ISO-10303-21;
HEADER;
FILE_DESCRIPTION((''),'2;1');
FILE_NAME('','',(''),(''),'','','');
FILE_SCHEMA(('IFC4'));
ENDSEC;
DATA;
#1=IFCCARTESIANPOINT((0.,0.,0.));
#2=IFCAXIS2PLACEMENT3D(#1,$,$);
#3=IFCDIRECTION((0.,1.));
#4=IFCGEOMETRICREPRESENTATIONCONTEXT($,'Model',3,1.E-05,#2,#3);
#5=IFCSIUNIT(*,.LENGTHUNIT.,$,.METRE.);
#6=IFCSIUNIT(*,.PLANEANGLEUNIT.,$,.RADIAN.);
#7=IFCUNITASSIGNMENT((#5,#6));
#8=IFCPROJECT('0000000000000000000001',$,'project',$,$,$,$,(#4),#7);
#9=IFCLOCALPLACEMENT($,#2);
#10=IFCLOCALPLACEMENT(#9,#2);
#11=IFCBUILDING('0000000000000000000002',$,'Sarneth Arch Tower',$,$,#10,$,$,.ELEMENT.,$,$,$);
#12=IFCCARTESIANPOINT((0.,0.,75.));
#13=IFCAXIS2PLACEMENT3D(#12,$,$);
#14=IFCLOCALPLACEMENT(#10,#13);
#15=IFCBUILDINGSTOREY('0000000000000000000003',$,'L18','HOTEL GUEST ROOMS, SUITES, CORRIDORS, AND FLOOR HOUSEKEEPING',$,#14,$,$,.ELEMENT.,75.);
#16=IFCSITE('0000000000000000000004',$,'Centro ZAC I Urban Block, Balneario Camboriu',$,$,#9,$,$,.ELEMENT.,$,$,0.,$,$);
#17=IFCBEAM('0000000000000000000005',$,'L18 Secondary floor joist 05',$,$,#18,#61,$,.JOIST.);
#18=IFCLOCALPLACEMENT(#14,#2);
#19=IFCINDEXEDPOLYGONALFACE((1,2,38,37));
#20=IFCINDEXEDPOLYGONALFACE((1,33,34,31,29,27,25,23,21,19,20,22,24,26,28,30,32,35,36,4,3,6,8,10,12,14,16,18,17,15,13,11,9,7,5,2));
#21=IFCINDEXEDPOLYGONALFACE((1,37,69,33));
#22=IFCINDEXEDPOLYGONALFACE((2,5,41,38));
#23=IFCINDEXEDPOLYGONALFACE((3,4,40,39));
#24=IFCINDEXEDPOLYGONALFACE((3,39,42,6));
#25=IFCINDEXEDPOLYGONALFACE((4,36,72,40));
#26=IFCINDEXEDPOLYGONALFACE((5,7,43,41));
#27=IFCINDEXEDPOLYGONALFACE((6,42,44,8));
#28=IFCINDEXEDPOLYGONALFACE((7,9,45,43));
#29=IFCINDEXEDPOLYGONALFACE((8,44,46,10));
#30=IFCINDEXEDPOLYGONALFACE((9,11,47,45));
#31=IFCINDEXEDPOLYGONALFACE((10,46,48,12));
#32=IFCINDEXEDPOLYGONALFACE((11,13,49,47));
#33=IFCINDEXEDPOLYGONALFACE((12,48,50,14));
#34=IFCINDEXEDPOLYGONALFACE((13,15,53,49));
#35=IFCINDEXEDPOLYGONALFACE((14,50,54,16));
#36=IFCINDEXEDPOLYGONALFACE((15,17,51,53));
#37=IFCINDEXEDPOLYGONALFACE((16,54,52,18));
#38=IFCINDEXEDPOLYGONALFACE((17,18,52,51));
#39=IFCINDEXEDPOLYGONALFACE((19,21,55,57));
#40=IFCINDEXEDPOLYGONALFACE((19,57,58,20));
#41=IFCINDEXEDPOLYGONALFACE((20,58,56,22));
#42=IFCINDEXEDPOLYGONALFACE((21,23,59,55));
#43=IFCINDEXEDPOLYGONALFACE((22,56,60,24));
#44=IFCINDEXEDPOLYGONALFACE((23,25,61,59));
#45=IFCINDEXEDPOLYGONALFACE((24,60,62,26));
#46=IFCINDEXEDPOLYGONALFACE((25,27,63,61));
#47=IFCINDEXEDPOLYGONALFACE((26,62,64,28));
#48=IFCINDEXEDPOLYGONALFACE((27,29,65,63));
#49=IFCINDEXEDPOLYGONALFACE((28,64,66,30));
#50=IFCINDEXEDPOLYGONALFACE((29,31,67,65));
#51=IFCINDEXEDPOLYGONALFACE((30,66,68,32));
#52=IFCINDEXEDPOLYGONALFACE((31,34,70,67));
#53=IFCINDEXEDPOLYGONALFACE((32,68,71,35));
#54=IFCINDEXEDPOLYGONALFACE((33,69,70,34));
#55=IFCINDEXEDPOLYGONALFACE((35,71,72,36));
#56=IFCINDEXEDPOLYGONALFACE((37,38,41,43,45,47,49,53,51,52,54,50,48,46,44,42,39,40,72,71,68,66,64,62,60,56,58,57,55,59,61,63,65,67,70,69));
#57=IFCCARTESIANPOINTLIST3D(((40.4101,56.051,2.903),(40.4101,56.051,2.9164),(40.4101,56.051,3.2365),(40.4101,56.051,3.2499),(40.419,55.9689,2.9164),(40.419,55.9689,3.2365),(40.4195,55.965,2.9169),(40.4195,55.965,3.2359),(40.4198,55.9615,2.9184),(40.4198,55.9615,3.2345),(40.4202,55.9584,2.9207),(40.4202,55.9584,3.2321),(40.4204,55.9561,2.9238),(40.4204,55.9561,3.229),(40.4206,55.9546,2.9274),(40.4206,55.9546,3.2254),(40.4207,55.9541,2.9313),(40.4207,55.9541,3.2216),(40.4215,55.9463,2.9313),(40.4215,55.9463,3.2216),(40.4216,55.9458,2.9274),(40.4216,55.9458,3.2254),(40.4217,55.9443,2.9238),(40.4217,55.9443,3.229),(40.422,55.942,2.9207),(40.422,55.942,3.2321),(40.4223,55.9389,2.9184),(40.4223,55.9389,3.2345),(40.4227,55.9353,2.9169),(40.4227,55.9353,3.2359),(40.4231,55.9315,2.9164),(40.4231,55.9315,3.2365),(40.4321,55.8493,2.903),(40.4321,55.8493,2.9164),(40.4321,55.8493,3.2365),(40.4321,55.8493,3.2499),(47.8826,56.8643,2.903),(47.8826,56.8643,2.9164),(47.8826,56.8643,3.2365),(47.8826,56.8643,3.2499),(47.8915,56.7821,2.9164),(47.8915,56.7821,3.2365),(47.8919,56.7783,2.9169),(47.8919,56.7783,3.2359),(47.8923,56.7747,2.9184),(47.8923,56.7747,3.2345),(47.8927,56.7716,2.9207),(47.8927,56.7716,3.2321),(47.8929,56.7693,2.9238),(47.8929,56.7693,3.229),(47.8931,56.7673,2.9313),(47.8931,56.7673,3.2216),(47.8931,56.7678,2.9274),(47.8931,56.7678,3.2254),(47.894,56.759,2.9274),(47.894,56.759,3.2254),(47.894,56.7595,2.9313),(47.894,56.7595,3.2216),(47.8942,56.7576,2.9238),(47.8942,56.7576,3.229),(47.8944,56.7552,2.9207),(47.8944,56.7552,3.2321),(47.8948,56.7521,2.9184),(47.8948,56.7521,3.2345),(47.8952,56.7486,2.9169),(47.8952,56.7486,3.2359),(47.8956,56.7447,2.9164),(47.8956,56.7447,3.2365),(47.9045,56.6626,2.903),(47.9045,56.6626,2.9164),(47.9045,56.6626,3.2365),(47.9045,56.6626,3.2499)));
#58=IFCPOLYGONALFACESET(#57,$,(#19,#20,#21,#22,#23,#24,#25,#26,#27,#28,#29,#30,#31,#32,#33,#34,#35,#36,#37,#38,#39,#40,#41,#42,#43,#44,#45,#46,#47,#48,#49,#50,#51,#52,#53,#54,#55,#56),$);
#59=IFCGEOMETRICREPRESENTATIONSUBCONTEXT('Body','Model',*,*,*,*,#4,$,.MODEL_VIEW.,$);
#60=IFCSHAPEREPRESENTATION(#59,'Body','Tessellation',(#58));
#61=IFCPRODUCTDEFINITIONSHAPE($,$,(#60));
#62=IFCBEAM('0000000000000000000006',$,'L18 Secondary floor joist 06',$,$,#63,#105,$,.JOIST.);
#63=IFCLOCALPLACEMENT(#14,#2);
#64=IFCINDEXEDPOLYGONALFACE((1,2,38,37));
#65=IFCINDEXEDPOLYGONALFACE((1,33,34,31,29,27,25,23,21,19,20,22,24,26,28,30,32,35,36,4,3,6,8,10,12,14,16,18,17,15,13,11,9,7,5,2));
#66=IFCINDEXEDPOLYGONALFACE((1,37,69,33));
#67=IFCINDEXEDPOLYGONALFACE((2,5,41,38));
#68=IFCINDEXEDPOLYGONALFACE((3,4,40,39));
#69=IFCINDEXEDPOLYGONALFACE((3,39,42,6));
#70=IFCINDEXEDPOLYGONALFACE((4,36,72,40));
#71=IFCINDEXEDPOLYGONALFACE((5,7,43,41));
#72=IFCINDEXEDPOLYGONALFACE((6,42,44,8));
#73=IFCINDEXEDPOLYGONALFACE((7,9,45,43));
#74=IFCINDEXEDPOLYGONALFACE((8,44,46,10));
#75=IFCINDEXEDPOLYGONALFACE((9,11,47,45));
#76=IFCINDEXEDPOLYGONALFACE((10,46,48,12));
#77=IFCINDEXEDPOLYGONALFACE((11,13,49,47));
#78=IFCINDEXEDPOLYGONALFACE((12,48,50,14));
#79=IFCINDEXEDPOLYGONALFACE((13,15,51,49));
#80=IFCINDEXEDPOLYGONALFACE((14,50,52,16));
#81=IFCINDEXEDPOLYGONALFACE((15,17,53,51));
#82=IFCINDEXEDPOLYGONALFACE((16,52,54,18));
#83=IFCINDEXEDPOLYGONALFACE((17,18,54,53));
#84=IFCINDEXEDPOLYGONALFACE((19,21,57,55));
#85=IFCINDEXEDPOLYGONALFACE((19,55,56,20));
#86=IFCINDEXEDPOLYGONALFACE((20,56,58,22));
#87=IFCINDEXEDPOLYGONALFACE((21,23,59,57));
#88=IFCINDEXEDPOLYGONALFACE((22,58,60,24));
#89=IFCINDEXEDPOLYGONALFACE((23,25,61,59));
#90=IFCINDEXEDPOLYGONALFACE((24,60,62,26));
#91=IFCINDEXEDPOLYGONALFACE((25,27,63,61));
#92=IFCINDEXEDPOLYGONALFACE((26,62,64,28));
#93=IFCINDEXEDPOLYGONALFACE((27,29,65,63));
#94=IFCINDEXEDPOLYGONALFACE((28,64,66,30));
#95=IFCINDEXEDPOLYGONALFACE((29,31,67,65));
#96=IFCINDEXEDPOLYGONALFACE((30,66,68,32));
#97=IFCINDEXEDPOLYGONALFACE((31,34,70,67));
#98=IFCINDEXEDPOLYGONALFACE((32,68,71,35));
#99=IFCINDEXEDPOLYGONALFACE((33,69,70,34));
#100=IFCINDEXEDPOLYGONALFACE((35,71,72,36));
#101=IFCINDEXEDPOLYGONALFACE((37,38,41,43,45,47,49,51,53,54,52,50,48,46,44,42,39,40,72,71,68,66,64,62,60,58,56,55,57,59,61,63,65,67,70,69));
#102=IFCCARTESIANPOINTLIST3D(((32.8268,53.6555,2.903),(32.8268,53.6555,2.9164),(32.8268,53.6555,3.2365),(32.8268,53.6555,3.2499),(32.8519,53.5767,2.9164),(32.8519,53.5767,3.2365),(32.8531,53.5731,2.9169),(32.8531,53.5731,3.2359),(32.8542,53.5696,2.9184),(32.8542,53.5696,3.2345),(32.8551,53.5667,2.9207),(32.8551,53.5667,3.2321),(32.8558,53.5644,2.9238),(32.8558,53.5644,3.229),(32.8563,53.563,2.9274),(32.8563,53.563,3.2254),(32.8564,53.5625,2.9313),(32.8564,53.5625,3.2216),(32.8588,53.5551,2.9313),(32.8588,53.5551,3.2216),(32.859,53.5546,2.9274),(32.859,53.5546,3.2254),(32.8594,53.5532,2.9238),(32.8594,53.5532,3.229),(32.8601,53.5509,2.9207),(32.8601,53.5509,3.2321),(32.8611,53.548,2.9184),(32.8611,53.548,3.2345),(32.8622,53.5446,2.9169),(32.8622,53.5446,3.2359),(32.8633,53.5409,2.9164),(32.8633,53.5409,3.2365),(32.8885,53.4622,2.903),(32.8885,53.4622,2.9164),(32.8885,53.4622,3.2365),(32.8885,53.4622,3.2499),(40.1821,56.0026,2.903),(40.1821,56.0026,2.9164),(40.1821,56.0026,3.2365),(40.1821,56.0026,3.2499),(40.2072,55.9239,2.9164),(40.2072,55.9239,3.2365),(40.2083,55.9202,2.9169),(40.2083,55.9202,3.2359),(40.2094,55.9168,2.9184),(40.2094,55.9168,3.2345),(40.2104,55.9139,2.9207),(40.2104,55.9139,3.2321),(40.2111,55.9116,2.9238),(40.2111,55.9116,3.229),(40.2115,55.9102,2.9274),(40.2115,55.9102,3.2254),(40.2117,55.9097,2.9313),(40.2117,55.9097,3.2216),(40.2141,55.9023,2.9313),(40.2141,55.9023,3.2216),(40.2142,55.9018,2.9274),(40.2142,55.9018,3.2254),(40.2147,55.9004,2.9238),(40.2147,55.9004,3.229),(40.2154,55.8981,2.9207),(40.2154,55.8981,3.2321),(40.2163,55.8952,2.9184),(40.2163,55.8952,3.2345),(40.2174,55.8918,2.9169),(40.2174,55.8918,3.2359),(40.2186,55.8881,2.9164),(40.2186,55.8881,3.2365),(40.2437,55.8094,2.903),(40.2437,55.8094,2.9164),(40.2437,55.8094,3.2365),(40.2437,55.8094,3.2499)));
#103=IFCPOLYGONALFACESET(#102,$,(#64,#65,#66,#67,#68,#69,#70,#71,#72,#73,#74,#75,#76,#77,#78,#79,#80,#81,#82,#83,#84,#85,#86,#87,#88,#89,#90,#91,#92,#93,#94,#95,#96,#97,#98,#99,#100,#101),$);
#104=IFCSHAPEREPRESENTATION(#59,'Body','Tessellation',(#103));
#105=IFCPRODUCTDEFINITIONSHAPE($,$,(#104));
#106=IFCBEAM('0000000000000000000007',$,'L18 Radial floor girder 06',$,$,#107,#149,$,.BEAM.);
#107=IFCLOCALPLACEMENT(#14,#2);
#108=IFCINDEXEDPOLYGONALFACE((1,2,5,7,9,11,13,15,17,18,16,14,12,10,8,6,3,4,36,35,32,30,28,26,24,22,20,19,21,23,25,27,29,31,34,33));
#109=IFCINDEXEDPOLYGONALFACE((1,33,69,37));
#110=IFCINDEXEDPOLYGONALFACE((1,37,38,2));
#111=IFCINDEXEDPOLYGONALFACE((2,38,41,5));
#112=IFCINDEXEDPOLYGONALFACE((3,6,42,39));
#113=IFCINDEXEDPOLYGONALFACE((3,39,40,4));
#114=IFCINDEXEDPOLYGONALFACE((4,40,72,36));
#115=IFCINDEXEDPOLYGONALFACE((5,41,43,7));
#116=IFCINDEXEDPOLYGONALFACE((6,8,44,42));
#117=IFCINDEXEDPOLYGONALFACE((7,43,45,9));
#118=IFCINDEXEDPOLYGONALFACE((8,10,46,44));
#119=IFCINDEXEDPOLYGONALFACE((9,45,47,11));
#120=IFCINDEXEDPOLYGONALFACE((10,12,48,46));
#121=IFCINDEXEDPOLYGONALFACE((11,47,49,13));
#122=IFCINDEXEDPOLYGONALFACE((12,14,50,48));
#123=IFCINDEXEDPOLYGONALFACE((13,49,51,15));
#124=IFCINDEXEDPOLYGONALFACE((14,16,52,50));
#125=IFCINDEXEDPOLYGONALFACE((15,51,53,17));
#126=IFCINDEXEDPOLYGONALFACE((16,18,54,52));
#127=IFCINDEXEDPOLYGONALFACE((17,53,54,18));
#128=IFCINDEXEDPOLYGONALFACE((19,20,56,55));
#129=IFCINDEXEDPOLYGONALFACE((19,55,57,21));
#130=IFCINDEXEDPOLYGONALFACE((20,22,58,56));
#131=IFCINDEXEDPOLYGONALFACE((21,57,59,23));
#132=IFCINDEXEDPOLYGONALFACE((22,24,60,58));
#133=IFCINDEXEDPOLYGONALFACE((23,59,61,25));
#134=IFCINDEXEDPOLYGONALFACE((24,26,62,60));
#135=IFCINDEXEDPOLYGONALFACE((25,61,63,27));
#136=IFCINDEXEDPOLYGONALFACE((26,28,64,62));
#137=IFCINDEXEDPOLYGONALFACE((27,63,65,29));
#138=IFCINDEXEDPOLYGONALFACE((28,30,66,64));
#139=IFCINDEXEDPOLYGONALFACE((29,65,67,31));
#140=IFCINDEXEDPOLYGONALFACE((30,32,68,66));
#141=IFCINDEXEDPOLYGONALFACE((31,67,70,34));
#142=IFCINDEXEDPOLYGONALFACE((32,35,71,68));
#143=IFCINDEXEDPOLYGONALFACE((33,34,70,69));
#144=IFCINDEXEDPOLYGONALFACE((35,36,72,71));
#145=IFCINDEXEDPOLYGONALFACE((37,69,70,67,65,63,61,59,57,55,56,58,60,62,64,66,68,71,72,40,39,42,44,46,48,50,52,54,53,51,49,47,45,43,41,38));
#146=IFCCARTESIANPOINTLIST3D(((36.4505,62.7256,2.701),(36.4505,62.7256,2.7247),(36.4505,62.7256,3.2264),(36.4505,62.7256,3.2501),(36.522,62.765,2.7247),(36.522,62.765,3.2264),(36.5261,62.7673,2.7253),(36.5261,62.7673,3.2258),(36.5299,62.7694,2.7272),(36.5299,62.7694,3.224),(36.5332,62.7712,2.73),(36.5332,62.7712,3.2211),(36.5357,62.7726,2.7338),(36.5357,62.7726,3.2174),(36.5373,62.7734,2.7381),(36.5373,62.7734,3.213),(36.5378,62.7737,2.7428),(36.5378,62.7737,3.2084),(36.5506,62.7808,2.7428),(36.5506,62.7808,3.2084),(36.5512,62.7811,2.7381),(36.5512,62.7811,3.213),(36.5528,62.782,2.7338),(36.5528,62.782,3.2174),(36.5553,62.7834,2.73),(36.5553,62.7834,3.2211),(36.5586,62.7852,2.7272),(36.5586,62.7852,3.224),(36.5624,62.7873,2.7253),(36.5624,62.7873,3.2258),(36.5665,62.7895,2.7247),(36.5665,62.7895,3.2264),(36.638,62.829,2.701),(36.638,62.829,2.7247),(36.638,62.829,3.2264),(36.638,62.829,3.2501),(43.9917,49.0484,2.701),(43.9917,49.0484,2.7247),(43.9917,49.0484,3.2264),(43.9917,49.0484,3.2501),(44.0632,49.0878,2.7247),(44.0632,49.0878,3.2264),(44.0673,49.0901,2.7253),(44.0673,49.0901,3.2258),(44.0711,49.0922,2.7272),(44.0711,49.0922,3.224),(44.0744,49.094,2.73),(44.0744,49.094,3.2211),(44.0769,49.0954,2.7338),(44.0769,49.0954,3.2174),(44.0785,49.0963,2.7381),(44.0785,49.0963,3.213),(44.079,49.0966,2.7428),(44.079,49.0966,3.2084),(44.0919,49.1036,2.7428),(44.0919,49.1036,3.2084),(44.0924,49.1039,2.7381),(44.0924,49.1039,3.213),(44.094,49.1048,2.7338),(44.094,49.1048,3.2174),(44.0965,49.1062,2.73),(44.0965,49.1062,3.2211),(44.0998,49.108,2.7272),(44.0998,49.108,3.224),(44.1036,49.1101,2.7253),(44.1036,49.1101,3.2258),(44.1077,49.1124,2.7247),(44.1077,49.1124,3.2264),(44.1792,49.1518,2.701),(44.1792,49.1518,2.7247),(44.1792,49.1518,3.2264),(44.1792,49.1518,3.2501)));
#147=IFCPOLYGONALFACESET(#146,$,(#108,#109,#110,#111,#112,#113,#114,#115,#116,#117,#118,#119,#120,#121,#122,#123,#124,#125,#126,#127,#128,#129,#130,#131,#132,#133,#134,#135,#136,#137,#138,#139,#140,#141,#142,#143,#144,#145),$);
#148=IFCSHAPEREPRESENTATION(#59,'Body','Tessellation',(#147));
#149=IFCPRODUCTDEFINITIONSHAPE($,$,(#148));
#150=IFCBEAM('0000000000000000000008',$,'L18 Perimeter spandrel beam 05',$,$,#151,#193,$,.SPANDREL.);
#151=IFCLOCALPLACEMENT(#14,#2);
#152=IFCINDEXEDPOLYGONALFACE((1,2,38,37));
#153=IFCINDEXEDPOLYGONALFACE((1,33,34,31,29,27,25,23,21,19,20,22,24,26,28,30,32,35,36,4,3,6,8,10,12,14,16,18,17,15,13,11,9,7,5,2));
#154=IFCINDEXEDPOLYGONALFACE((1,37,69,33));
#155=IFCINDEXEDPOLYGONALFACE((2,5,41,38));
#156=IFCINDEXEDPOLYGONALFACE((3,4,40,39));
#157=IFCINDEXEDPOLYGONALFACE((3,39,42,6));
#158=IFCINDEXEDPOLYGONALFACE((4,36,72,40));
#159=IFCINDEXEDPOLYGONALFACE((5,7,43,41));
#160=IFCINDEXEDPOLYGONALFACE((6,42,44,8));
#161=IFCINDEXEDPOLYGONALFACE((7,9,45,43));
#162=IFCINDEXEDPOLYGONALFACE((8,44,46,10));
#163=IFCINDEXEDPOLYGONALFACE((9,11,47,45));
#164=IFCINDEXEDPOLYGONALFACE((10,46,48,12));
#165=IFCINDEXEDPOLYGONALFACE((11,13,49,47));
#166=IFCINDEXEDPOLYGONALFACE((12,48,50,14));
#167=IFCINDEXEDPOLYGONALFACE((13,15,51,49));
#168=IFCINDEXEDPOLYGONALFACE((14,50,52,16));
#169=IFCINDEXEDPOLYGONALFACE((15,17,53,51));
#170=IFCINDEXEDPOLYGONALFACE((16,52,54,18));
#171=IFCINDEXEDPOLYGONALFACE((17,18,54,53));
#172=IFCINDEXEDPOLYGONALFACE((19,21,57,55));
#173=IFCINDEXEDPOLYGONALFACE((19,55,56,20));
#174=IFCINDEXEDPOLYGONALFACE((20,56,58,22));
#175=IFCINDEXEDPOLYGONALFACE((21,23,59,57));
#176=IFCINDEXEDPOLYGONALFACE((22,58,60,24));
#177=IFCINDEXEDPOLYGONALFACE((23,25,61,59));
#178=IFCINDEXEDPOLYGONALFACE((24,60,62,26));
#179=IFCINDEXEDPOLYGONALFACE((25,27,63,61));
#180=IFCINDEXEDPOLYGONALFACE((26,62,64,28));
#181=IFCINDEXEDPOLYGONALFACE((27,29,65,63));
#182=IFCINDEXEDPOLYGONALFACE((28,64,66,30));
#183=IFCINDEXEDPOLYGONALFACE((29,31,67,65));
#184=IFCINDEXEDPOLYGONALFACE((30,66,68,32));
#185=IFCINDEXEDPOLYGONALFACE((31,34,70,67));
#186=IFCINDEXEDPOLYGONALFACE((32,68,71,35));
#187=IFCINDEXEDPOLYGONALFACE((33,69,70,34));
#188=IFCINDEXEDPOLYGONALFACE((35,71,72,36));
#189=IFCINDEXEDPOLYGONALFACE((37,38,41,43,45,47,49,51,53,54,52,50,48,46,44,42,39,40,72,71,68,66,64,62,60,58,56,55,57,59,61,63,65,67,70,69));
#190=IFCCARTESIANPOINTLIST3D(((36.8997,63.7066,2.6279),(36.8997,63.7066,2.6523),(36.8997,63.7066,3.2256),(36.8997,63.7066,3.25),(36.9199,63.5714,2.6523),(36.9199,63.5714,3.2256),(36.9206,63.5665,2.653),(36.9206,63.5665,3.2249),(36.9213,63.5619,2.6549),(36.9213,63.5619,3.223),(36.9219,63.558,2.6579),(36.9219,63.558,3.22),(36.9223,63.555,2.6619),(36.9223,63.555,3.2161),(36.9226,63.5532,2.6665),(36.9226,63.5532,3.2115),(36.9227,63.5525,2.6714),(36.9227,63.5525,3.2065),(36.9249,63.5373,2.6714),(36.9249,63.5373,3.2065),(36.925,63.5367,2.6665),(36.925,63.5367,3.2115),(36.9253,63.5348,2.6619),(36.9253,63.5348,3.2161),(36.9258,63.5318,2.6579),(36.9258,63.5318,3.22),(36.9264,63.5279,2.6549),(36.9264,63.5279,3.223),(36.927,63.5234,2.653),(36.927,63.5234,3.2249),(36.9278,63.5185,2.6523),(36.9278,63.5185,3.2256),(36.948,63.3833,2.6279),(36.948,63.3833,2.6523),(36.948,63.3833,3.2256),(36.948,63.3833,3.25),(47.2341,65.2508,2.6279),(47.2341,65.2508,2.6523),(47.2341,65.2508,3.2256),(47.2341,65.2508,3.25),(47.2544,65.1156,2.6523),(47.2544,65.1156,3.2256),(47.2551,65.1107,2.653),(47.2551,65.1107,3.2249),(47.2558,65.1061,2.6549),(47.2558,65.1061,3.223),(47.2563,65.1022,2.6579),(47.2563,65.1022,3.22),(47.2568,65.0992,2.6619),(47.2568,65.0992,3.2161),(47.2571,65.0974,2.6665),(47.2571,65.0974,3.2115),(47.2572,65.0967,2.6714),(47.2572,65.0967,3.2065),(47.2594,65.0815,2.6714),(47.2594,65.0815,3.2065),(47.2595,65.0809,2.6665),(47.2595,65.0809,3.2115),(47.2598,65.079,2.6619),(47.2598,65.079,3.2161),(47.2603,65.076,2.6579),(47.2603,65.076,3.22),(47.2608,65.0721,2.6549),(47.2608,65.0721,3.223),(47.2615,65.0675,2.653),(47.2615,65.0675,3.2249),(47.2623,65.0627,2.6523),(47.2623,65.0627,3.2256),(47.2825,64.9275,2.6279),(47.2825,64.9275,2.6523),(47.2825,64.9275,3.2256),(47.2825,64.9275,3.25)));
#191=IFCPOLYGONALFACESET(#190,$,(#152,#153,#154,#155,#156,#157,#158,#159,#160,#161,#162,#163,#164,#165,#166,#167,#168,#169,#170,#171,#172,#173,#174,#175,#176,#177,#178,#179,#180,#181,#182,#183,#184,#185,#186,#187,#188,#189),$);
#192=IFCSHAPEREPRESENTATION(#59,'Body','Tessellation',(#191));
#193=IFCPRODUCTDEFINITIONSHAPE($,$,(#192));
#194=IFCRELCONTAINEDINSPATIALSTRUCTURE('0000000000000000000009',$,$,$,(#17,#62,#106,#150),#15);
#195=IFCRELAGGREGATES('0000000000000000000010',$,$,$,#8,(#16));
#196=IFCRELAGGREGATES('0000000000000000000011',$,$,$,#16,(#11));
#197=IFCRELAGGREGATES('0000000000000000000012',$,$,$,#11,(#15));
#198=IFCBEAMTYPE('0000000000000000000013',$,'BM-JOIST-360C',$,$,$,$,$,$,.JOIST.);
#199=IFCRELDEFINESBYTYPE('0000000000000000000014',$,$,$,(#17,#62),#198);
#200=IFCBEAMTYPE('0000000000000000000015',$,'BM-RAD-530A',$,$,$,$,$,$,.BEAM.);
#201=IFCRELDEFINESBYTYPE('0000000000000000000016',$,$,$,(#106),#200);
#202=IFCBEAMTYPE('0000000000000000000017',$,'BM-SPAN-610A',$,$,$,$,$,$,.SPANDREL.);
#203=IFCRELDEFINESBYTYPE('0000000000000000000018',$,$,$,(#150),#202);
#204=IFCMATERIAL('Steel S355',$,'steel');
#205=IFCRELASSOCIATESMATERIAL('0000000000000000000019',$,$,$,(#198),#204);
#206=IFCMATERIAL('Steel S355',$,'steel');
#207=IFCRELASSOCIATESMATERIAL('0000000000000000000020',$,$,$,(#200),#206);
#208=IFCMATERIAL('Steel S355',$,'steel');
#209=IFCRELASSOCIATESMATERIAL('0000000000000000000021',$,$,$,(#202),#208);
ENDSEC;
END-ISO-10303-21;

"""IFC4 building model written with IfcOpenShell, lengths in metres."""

from ifc_helpers import new_model, si_unit, direction, frame, origin, origin_2d, place, context, subcontext, project, spatial, i_section, extrude, material, material_profile, profile_set, type_object, element, save


model = new_model("IFC4")

# Units and contexts
model_context = context("Model", 3, precision=1e-05, world=origin(), true_north=direction((0.0, 1.0)))
body_context = subcontext(model_context, "Body", "Model", "MODEL_VIEW")
ifc_project = project(units=[si_unit("LENGTHUNIT", "METRE"), si_unit("PLANEANGLEUNIT", "RADIAN")], contexts=[model_context])

# Site, building, storey
site_placement = place(None, origin())
site = spatial("IfcSite", under=ifc_project, at=site_placement, Name="Centro ZAC I Urban Block, Balneario Camboriu", CompositionType="ELEMENT", RefElevation=0.0)
building_placement = place(site_placement, origin())
building = spatial("IfcBuilding", under=site, at=building_placement, Name="Sarneth Arch Tower", CompositionType="ELEMENT")
storey_placement = place(building_placement, frame((0.0, 0.0, 75.0)))
storey = spatial("IfcBuildingStorey", under=building, at=storey_placement, Name="L18", Description="HOTEL GUEST ROOMS, SUITES, CORRIDORS, AND FLOOR HOUSEKEEPING", CompositionType="ELEMENT", Elevation=75.0)

# Beams
ifc_material_1 = material(Name="Steel S355", Category="steel")
ifc_material_profile_1 = material_profile(ifc_material_1, i_section(OverallWidth=0.2029, OverallDepth=0.3469, WebThickness=0.0078, FlangeThickness=0.0134, FilletRadius=0.0149, at=origin_2d()), Name="W360x64")
ifc_profile_set_1 = profile_set([ifc_material_profile_1], Name="Steel S355")
beam_type_1 = type_object("IfcBeamType", Name="BM-JOIST-360C", PredefinedType="JOIST", material=ifc_profile_set_1)
beam_1_placement = place(storey_placement, frame((47.8936, 56.7634, 3.0764), z_axis=(-0.99413, -0.108192, 0.0), x_axis=(0.108192, -0.99413, 0.0)))
element("IfcBeam", 1, at=beam_1_placement, inside=storey, type_object=beam_type_1, Name="L18 Secondary floor joist 05", PredefinedType="JOIST", context=body_context, shape_type="SweptSolid", body=[
    extrude(i_section(OverallWidth=0.2029, OverallDepth=0.3469, WebThickness=0.0078, FlangeThickness=0.0134, FilletRadius=0.0149, at=origin_2d()), origin(), (0.0, 0.0, 1.0), 7.5166),
])
beam_2_placement = place(storey_placement, frame((40.2129, 55.906, 3.0764), z_axis=(-0.952668, -0.304011, 0.0), x_axis=(0.304011, -0.952668, 0.0)))
element("IfcBeam", 2, at=beam_2_placement, inside=storey, type_object=beam_type_1, Name="L18 Secondary floor joist 06", PredefinedType="JOIST", context=body_context, shape_type="SweptSolid", body=[
    extrude(i_section(OverallWidth=0.2029, OverallDepth=0.3469, WebThickness=0.0078, FlangeThickness=0.0134, FilletRadius=0.0149, at=origin_2d()), origin(), (0.0, 0.0, 1.0), 7.7207),
])
ifc_material_2 = material(Name="Steel S355", Category="steel")
ifc_material_profile_2 = material_profile(ifc_material_2, i_section(OverallWidth=0.2141, OverallDepth=0.5491, WebThickness=0.0146, FlangeThickness=0.0237, FilletRadius=0.0181, at=origin_2d()), Name="W530x138")
ifc_profile_set_2 = profile_set([ifc_material_profile_2], Name="Steel S355")
beam_type_2 = type_object("IfcBeamType", Name="BM-RAD-530A", PredefinedType="BEAM", material=ifc_profile_set_2)
beam_3_placement = place(storey_placement, frame((44.0854, 49.1001, 2.9756), z_axis=(-0.482841, 0.875708, 0.0), x_axis=(-0.875708, -0.482841, 0.0)))
element("IfcBeam", 3, at=beam_3_placement, inside=storey, type_object=beam_type_2, Name="L18 Radial floor girder 06", PredefinedType="BEAM", context=body_context, shape_type="SweptSolid", body=[
    extrude(i_section(OverallWidth=0.2141, OverallDepth=0.5491, WebThickness=0.0146, FlangeThickness=0.0237, FilletRadius=0.0181, at=origin_2d()), origin(), (0.0, 0.0, 1.0), 15.6184),
])
ifc_material_3 = material(Name="Steel S355", Category="steel")
ifc_material_profile_3 = material_profile(ifc_material_3, i_section(OverallWidth=0.3269, OverallDepth=0.6221, WebThickness=0.0154, FlangeThickness=0.0244, FilletRadius=0.019, at=origin_2d()), Name="W610x195")
ifc_profile_set_3 = profile_set([ifc_material_profile_3], Name="Steel S355")
beam_type_3 = type_object("IfcBeamType", Name="BM-SPAN-610A", PredefinedType="SPANDREL", material=ifc_profile_set_3)
beam_4_placement = place(storey_placement, frame((47.2583, 65.0891, 2.939), z_axis=(-0.98902, -0.147781, 0.0), x_axis=(0.147781, -0.98902, 0.0)))
element("IfcBeam", 4, at=beam_4_placement, inside=storey, type_object=beam_type_3, Name="L18 Perimeter spandrel beam 05", PredefinedType="SPANDREL", context=body_context, shape_type="SweptSolid", body=[
    extrude(i_section(OverallWidth=0.3269, OverallDepth=0.6221, WebThickness=0.0154, FlangeThickness=0.0244, FilletRadius=0.019, at=origin_2d()), origin(), (0.0, 0.0, 1.0), 10.4492),
])

save(model, "model.ifc")
